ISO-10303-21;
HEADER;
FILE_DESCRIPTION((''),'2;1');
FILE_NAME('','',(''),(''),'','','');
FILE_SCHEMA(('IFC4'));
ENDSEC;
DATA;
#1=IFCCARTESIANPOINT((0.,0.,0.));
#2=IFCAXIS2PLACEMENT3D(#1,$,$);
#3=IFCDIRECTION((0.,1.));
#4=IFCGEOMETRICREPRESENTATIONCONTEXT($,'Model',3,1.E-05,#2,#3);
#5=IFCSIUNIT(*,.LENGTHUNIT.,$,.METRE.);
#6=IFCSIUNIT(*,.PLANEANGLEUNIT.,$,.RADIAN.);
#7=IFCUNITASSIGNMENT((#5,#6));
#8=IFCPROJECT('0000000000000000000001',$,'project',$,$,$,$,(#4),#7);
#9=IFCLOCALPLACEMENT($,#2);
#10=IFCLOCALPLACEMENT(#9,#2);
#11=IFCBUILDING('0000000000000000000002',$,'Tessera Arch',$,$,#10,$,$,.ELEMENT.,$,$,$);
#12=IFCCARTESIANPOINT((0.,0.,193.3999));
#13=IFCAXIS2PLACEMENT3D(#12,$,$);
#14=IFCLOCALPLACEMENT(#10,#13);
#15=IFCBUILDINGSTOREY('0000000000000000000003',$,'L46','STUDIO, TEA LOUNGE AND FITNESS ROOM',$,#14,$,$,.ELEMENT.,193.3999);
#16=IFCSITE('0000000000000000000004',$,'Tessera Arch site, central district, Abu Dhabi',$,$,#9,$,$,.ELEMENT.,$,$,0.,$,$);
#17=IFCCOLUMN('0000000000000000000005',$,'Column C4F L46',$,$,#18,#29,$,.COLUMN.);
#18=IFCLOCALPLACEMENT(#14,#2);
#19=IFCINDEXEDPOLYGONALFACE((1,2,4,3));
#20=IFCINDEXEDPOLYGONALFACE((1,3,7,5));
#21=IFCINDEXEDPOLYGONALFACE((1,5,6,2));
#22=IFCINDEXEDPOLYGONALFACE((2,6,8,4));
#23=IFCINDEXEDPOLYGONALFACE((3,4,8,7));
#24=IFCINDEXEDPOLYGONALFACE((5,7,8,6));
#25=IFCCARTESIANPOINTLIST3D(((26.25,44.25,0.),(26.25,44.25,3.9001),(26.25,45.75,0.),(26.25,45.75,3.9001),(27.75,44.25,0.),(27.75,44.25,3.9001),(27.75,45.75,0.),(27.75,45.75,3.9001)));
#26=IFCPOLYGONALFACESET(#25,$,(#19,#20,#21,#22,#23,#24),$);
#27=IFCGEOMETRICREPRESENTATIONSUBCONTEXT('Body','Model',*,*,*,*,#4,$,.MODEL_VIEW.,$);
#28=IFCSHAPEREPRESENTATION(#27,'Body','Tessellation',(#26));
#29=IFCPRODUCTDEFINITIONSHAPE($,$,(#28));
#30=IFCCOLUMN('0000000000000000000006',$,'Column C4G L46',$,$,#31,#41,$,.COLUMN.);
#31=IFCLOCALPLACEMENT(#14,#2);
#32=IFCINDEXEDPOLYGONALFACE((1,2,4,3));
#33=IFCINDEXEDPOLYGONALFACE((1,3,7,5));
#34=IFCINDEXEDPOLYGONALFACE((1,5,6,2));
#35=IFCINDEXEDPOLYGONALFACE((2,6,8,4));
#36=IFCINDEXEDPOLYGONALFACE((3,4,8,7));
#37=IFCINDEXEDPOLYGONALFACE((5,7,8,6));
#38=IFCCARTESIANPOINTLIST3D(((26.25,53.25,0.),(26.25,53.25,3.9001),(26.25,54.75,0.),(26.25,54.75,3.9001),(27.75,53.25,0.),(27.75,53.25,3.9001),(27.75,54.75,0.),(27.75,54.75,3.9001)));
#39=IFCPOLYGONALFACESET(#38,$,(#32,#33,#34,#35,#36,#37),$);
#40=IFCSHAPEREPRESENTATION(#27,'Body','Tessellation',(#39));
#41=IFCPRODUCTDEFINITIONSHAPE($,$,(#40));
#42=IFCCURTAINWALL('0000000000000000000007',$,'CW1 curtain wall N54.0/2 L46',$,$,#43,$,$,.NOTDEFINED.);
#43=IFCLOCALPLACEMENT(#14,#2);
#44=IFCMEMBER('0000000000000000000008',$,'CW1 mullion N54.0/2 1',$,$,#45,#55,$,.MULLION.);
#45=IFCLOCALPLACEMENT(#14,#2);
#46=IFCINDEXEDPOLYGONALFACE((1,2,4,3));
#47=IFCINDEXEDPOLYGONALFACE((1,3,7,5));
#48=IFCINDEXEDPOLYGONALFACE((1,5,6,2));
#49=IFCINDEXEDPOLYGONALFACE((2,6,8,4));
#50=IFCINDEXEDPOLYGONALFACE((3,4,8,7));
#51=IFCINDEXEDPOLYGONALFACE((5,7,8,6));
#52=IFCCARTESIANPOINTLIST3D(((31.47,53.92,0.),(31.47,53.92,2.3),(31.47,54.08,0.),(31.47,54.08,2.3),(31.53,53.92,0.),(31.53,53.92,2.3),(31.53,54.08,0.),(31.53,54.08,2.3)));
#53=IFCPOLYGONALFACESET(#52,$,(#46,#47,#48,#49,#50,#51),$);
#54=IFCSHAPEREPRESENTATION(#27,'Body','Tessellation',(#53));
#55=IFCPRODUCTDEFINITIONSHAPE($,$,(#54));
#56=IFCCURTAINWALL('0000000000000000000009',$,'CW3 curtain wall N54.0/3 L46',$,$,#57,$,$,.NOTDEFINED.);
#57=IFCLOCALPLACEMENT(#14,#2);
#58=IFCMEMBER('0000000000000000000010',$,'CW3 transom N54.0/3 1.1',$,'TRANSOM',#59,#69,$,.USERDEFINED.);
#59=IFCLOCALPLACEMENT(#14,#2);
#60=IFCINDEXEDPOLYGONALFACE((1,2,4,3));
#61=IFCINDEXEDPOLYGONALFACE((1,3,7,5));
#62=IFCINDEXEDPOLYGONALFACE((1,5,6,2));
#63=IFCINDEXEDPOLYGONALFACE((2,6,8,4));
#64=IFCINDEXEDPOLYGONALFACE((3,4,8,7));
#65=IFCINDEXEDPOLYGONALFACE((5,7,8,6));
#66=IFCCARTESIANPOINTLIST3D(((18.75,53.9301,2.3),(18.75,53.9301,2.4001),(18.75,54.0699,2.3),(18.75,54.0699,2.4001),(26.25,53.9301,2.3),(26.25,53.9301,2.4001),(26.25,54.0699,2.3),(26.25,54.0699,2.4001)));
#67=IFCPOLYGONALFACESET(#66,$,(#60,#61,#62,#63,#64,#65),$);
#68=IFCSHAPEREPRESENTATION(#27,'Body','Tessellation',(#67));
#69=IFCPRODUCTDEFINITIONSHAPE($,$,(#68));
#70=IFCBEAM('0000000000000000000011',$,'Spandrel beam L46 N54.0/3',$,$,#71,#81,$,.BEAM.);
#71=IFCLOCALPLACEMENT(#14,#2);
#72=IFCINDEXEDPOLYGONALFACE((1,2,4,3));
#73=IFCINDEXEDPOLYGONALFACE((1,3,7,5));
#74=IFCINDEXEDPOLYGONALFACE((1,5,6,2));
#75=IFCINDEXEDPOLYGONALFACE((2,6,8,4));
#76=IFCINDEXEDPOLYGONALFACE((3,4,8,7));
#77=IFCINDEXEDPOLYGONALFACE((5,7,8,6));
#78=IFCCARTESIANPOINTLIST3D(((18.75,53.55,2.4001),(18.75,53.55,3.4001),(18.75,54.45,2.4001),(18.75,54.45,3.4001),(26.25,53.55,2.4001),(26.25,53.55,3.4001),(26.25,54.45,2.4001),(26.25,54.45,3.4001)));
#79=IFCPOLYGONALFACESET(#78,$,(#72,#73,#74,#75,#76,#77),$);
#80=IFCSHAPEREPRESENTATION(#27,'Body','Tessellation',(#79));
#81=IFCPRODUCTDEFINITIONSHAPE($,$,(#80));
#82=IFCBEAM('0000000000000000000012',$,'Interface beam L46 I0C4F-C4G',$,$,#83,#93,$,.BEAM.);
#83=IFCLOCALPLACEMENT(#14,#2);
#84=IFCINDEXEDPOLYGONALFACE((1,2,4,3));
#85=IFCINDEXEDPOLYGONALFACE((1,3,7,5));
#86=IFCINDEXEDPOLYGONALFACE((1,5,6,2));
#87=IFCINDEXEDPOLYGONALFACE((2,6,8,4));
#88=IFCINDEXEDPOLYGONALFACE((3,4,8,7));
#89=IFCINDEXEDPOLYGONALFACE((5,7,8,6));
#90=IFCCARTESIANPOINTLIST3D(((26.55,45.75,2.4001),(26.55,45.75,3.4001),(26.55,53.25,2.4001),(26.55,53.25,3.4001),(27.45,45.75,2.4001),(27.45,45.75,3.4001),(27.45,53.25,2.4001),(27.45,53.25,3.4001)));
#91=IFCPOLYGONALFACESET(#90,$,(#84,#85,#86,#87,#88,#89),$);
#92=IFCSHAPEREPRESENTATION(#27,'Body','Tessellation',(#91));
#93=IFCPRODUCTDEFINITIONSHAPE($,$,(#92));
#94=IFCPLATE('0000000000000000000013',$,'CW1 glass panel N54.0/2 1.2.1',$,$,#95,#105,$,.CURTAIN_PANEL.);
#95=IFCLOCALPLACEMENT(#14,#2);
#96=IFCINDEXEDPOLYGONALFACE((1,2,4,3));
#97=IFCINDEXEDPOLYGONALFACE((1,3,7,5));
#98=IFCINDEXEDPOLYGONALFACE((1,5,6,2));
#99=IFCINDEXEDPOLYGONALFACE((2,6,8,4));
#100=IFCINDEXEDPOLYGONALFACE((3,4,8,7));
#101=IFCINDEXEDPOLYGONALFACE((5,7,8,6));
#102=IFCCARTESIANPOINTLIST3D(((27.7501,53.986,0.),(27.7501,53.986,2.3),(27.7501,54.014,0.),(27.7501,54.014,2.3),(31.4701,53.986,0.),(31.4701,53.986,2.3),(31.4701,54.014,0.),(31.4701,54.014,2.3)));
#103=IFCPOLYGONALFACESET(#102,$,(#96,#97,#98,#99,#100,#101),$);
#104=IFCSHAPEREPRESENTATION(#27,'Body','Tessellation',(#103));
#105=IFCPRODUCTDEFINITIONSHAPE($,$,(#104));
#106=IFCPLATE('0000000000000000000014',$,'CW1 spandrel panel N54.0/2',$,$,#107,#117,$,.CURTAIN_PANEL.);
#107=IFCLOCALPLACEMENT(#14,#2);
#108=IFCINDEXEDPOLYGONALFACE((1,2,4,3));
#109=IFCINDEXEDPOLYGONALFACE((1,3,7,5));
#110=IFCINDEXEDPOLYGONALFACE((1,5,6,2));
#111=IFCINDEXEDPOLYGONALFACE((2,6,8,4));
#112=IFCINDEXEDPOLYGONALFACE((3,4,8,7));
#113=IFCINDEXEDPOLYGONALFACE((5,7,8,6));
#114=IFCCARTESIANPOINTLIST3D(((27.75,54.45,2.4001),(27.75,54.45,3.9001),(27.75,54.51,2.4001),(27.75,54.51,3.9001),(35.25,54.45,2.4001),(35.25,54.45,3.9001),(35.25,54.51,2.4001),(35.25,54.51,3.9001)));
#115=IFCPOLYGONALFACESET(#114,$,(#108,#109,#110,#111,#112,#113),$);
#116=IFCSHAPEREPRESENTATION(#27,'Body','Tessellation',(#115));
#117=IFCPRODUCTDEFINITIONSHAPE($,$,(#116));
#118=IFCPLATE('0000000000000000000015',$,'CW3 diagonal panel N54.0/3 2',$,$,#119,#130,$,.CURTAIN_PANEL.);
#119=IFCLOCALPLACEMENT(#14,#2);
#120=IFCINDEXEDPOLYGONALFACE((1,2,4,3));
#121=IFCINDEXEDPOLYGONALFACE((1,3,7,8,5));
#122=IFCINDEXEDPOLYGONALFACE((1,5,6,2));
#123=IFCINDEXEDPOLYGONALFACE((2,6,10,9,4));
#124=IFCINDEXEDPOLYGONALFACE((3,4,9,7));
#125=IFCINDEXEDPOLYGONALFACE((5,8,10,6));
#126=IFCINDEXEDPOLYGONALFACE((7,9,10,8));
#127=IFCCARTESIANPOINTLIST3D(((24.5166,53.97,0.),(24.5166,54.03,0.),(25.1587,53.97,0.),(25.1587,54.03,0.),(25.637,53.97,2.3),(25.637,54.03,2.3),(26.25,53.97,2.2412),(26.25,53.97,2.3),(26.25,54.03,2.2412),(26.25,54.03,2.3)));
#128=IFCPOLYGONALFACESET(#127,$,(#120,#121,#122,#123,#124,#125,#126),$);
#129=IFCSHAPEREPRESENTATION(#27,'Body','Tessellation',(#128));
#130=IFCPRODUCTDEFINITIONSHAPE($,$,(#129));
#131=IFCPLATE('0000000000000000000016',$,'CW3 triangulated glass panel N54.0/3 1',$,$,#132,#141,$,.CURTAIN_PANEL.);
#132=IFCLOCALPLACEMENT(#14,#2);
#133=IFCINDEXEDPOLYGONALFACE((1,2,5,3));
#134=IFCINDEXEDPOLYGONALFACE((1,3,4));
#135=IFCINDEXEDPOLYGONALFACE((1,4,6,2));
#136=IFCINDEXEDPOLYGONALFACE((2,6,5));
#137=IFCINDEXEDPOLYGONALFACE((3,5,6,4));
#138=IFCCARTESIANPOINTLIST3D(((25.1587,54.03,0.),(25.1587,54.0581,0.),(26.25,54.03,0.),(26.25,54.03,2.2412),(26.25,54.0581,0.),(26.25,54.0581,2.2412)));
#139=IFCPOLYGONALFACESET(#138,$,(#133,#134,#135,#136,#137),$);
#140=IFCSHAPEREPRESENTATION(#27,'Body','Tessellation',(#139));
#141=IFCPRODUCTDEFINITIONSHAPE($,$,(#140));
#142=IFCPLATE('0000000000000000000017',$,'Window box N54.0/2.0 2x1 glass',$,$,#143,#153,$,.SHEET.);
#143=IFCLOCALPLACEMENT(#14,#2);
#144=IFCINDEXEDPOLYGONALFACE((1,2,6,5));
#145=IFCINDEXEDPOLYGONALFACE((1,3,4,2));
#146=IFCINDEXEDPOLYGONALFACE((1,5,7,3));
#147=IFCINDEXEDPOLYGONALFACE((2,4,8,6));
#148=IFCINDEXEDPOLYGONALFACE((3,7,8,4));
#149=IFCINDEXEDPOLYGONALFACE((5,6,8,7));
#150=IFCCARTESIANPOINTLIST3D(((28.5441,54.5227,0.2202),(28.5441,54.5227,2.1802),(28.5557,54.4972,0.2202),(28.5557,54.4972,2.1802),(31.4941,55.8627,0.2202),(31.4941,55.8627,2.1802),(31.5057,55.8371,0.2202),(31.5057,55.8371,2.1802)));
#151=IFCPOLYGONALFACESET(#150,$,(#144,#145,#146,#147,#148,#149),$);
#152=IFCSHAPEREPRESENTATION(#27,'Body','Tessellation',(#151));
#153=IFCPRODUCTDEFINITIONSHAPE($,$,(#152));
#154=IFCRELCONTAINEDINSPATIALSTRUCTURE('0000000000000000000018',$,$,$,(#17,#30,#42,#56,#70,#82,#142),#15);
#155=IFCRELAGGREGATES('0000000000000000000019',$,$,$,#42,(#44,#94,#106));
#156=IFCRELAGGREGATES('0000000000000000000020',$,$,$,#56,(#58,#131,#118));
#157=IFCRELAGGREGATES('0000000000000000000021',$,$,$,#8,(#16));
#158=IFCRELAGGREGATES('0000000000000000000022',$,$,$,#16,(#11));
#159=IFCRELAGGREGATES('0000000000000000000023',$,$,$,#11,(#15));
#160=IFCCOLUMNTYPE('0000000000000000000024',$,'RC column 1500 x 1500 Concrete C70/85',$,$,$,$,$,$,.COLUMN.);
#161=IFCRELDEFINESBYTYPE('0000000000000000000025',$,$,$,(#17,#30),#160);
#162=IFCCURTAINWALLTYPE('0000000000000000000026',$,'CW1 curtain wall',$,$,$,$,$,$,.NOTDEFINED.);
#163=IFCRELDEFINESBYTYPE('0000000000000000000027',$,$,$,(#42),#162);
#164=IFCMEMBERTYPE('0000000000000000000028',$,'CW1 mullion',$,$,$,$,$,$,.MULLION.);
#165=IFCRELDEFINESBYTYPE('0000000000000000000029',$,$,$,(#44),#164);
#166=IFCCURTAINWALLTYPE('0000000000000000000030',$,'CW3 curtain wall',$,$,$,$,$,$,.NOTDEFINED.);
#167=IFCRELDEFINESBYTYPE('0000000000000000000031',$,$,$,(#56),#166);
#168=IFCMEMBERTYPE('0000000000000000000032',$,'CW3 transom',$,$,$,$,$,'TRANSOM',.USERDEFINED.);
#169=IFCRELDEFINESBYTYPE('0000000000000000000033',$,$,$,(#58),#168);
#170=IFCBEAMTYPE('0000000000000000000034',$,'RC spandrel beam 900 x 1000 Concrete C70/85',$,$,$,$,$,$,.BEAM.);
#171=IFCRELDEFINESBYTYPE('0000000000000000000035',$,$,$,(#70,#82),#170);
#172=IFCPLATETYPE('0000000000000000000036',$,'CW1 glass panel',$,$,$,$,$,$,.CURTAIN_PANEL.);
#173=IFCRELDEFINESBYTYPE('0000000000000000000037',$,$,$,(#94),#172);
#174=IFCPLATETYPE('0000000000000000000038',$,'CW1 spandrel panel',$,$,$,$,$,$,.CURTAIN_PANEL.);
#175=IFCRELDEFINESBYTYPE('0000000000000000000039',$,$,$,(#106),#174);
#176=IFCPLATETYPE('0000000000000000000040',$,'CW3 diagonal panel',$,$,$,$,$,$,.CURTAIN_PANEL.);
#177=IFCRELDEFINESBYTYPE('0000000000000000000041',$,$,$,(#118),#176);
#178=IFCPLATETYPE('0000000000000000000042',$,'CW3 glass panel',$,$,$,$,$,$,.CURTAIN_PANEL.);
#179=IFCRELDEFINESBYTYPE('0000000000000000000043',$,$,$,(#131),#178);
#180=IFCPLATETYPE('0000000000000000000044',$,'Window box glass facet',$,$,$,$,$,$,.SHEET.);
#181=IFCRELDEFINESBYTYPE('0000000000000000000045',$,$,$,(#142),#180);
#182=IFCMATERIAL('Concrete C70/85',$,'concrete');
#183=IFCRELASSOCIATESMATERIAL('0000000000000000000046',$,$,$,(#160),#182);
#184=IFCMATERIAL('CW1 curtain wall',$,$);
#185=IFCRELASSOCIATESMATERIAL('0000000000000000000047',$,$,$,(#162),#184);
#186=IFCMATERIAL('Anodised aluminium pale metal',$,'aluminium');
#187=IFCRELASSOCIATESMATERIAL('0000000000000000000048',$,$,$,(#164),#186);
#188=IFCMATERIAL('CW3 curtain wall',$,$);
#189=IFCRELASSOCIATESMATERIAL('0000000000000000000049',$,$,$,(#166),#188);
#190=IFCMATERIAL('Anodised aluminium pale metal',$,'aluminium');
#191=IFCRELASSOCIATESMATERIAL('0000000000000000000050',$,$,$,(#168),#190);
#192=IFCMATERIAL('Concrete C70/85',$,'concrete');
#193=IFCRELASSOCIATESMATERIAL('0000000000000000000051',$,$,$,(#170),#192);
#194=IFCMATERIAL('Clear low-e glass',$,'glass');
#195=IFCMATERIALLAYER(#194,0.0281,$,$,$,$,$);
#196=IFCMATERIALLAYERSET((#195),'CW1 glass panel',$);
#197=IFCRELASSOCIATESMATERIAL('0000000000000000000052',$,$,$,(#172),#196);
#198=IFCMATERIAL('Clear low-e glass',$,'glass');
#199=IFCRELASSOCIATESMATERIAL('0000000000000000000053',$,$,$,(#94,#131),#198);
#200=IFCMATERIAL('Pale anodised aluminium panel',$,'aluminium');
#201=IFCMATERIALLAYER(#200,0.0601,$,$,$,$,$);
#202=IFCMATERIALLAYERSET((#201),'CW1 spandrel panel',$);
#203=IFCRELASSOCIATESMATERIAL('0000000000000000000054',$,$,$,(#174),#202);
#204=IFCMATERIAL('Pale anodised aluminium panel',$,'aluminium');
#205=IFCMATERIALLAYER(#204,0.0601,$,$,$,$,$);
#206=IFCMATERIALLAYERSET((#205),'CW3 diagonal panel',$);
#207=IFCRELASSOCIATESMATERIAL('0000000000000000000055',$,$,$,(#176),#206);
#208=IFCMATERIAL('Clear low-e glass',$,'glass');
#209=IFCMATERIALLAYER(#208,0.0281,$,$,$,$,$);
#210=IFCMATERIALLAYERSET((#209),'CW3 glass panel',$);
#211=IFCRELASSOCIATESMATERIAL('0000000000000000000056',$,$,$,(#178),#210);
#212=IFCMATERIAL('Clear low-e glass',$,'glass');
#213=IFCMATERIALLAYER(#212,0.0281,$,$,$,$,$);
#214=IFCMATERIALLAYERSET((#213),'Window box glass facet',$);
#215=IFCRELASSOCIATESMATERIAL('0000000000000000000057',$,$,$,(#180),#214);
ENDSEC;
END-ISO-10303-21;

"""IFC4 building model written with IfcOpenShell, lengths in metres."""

from ifc_helpers import new_model, si_unit, direction, frame, origin, origin_2d, place, context, subcontext, project, spatial, polyline, rectangle, outline, extrude, material, layer, layer_set, material_profile, profile_set, type_object, element, aggregate, save


model = new_model("IFC4")

# Units and contexts
model_context = context("Model", 3, precision=1e-05, world=origin(), true_north=direction((0.0, 1.0)))
body_context = subcontext(model_context, "Body", "Model", "MODEL_VIEW")
ifc_project = project(units=[si_unit("LENGTHUNIT", "METRE"), si_unit("PLANEANGLEUNIT", "RADIAN")], contexts=[model_context])

# Site, building, storey
site_placement = place(None, origin())
site = spatial("IfcSite", under=ifc_project, at=site_placement, Name="Tessera Arch site, central district, Abu Dhabi", CompositionType="ELEMENT", RefElevation=0.0)
building_placement = place(site_placement, origin())
building = spatial("IfcBuilding", under=site, at=building_placement, Name="Tessera Arch", CompositionType="ELEMENT")
storey_placement = place(building_placement, frame((0.0, 0.0, 193.3999)))
storey = spatial("IfcBuildingStorey", under=building, at=storey_placement, Name="L46", Description="STUDIO, TEA LOUNGE AND FITNESS ROOM", CompositionType="ELEMENT", Elevation=193.3999)

# Columns
ifc_material_1 = material(Name="Concrete C70/85", Category="concrete")
ifc_material_profile_1 = material_profile(ifc_material_1, rectangle(XDim=1.5, YDim=1.5, at=origin_2d()), Name="RC column 1500 x 1500 Concrete C70/85")
ifc_profile_set_1 = profile_set([ifc_material_profile_1], Name="Concrete C70/85")
column_type = type_object("IfcColumnType", Name="RC column 1500 x 1500 Concrete C70/85", PredefinedType="COLUMN", material=ifc_profile_set_1)
for number, where, z_axis, x_axis, name in (
    (1, (27.0, 45.0, 0.0), (0.0, 0.0, 1.0), (1.0, 0.0, 0.0), "Column C4F L46"),
    (2, (27.0, 54.0, 0.0), (0.0, 0.0, 1.0), (1.0, 0.0, 0.0), "Column C4G L46"),
):
    element("IfcColumn", number, at=place(storey_placement, frame(where, z_axis=z_axis, x_axis=x_axis)), inside=storey, type_object=column_type, Name=name, PredefinedType="COLUMN", context=body_context, shape_type="SweptSolid", body=[
        extrude(rectangle(XDim=1.5, YDim=1.5, at=origin_2d()), origin(), (0.0, 0.0, 1.0), 3.9001),
    ])

# Curtain walls, members
ifc_material_2 = material(Name="CW1 curtain wall")
curtain_wall_type_1 = type_object("IfcCurtainWallType", Name="CW1 curtain wall", PredefinedType="NOTDEFINED", material=ifc_material_2)
curtain_wall_1_placement = place(storey_placement, origin())
curtain_wall_1 = element("IfcCurtainWall", 3, at=curtain_wall_1_placement, inside=storey, type_object=curtain_wall_type_1, Name="CW1 curtain wall N54.0/2 L46", PredefinedType="NOTDEFINED")
ifc_material_3 = material(Name="Anodised aluminium pale metal", Category="aluminium")
ifc_material_profile_2 = material_profile(ifc_material_3, rectangle(XDim=0.1599, YDim=0.0601, at=origin_2d()), Name="AL 60x160")
ifc_profile_set_2 = profile_set([ifc_material_profile_2], Name="Anodised aluminium pale metal")
member_type_1 = type_object("IfcMemberType", Name="CW1 mullion", PredefinedType="MULLION", material=ifc_profile_set_2)
member_1_placement = place(storey_placement, frame((31.5, 54.0, 0.0), z_axis=(0.0, 0.0, 1.0), x_axis=(0.0, -1.0, 0.0)))
member_1 = element("IfcMember", 4, at=member_1_placement, type_object=member_type_1, Name="CW1 mullion N54.0/2 1", PredefinedType="MULLION", context=body_context, shape_type="SweptSolid", body=[
    extrude(rectangle(XDim=0.1599, YDim=0.0601, at=origin_2d()), origin(), (0.0, 0.0, 1.0), 2.3),
])
ifc_material_4 = material(Name="CW3 curtain wall")
curtain_wall_type_2 = type_object("IfcCurtainWallType", Name="CW3 curtain wall", PredefinedType="NOTDEFINED", material=ifc_material_4)
curtain_wall_2_placement = place(storey_placement, origin())
curtain_wall_2 = element("IfcCurtainWall", 5, at=curtain_wall_2_placement, inside=storey, type_object=curtain_wall_type_2, Name="CW3 curtain wall N54.0/3 L46", PredefinedType="NOTDEFINED")
ifc_material_5 = material(Name="Anodised aluminium pale metal", Category="aluminium")
ifc_material_profile_3 = material_profile(ifc_material_5, rectangle(XDim=0.1399, YDim=0.1001, at=origin_2d()), Name="AL 140x100")
ifc_profile_set_3 = profile_set([ifc_material_profile_3], Name="Anodised aluminium pale metal")
member_type_2 = type_object("IfcMemberType", Name="CW3 transom", ElementType="TRANSOM", PredefinedType="USERDEFINED", material=ifc_profile_set_3)
member_2_placement = place(storey_placement, frame((26.25, 54.0, 2.3501), z_axis=(-1.0, 0.0, 0.0), x_axis=(0.0, -1.0, 0.0)))
member_2 = element("IfcMember", 6, at=member_2_placement, type_object=member_type_2, Name="CW3 transom N54.0/3 1.1", ObjectType="TRANSOM", PredefinedType="USERDEFINED", context=body_context, shape_type="SweptSolid", body=[
    extrude(rectangle(XDim=0.1399, YDim=0.1001, at=origin_2d()), origin(), (0.0, 0.0, 1.0), 7.5),
])

# Beams
ifc_material_6 = material(Name="Concrete C70/85", Category="concrete")
ifc_material_profile_4 = material_profile(ifc_material_6, rectangle(XDim=0.8999, YDim=1.0, at=origin_2d()), Name="RC spandrel beam 900 x 1000 Concrete C70/85")
ifc_profile_set_4 = profile_set([ifc_material_profile_4], Name="Concrete C70/85")
beam_type = type_object("IfcBeamType", Name="RC spandrel beam 900 x 1000 Concrete C70/85", PredefinedType="BEAM", material=ifc_profile_set_4)
for number, where, z_axis, x_axis, name in (
    (7, (26.25, 54.0, 2.9001), (-1.0, 0.0, 0.0), (0.0, -1.0, 0.0), "Spandrel beam L46 N54.0/3"),
    (8, (27.0, 45.75, 2.9001), (0.0, 1.0, 0.0), (-1.0, 0.0, 0.0), "Interface beam L46 I0C4F-C4G"),
):
    element("IfcBeam", number, at=place(storey_placement, frame(where, z_axis=z_axis, x_axis=x_axis)), inside=storey, type_object=beam_type, Name=name, PredefinedType="BEAM", context=body_context, shape_type="SweptSolid", body=[
        extrude(rectangle(XDim=0.8999, YDim=1.0, at=origin_2d()), origin(), (0.0, 0.0, 1.0), 7.5),
    ])

# Plates
ifc_material_7 = material(Name="Clear low-e glass", Category="glass")
ifc_material_8 = material(Name="Clear low-e glass", Category="glass")
ifc_layer_1 = layer(ifc_material_8, 0.0281)
ifc_layer_set_1 = layer_set([ifc_layer_1], Name="CW1 glass panel")
plate_type_1 = type_object("IfcPlateType", Name="CW1 glass panel", PredefinedType="CURTAIN_PANEL", material=ifc_layer_set_1)
plate_1_placement = place(storey_placement, frame((29.6101, 54.0, 0.0), z_axis=(0.0, 0.0, 1.0), x_axis=(-1.0, 0.0, 0.0)))
plate_1 = element("IfcPlate", 9, at=plate_1_placement, type_object=plate_type_1, material=ifc_material_7, Name="CW1 glass panel N54.0/2 1.2.1", PredefinedType="CURTAIN_PANEL", context=body_context, shape_type="SweptSolid", body=[
    extrude(rectangle(XDim=3.72, YDim=0.0281, at=origin_2d()), origin(), (0.0, 0.0, 1.0), 2.3),
])
ifc_material_9 = material(Name="Pale anodised aluminium panel", Category="aluminium")
ifc_layer_2 = layer(ifc_material_9, 0.0601)
ifc_layer_set_2 = layer_set([ifc_layer_2], Name="CW1 spandrel panel")
plate_type_2 = type_object("IfcPlateType", Name="CW1 spandrel panel", PredefinedType="CURTAIN_PANEL", material=ifc_layer_set_2)
plate_2_placement = place(storey_placement, frame((31.5, 54.48, 2.4001), z_axis=(0.0, 0.0, 1.0), x_axis=(-1.0, 0.0, 0.0)))
plate_2 = element("IfcPlate", 10, at=plate_2_placement, type_object=plate_type_2, Name="CW1 spandrel panel N54.0/2", PredefinedType="CURTAIN_PANEL", context=body_context, shape_type="SweptSolid", body=[
    extrude(rectangle(XDim=7.5, YDim=0.0601, at=origin_2d()), origin(), (0.0, 0.0, 1.0), 1.5),
])
aggregate(curtain_wall_1, [member_1, plate_1, plate_2])
ifc_material_10 = material(Name="Pale anodised aluminium panel", Category="aluminium")
ifc_layer_3 = layer(ifc_material_10, 0.0601)
ifc_layer_set_3 = layer_set([ifc_layer_3], Name="CW3 diagonal panel")
plate_type_3 = type_object("IfcPlateType", Name="CW3 diagonal panel", PredefinedType="CURTAIN_PANEL", material=ifc_layer_set_3)
plate_3_placement = place(storey_placement, frame((26.25, 54.03, 2.3), z_axis=(0.0, 1.0, 0.0), x_axis=(0.0, 0.0, -1.0)))
plate_3 = element("IfcPlate", 11, at=plate_3_placement, type_object=plate_type_3, Name="CW3 diagonal panel N54.0/3 2", PredefinedType="CURTAIN_PANEL", context=body_context, shape_type="SweptSolid", body=[
    extrude(outline(polyline([(0.0, 0.0), (0.0588, 0.0), (2.3, 1.0913), (2.3, 1.7334), (0.0, 0.613), (0.0, 0.0)])), origin(), (0.0, 0.0, -1.0), 0.0601),
])
ifc_material_11 = material(Name="Clear low-e glass", Category="glass")
ifc_layer_4 = layer(ifc_material_11, 0.0281)
ifc_layer_set_4 = layer_set([ifc_layer_4], Name="CW3 glass panel")
plate_type_4 = type_object("IfcPlateType", Name="CW3 glass panel", PredefinedType="CURTAIN_PANEL", material=ifc_layer_set_4)
plate_4_placement = place(storey_placement, frame((26.25, 54.0581, 0.0), z_axis=(0.0, 1.0, 0.0), x_axis=(-1.0, 0.0, 0.0)))
plate_4 = element("IfcPlate", 12, at=plate_4_placement, type_object=plate_type_4, material=ifc_material_7, Name="CW3 triangulated glass panel N54.0/3 1", PredefinedType="CURTAIN_PANEL", context=body_context, shape_type="SweptSolid", body=[
    extrude(outline(polyline([(0.0, 0.0), (1.0913, 0.0), (0.0, 2.2412), (0.0, 0.0)])), origin(), (0.0, 0.0, -1.0), 0.0281),
])
aggregate(curtain_wall_2, [member_2, plate_4, plate_3])
ifc_material_12 = material(Name="Clear low-e glass", Category="glass")
ifc_layer_5 = layer(ifc_material_12, 0.0281)
ifc_layer_set_5 = layer_set([ifc_layer_5], Name="Window box glass facet")
plate_type_5 = type_object("IfcPlateType", Name="Window box glass facet", PredefinedType="SHEET", material=ifc_layer_set_5)
plate_5_placement = place(storey_placement, frame((30.0249, 55.1799, 0.2202), z_axis=(0.0, 0.0, 1.0), x_axis=(0.910472, 0.41357, 0.0)))
element("IfcPlate", 13, at=plate_5_placement, inside=storey, type_object=plate_type_5, Name="Window box N54.0/2.0 2x1 glass", PredefinedType="SHEET", context=body_context, shape_type="SweptSolid", body=[
    extrude(rectangle(XDim=3.24, YDim=0.0281, at=origin_2d()), origin(), (0.0, 0.0, 1.0), 1.96),
])

save(model, "model.ifc")
